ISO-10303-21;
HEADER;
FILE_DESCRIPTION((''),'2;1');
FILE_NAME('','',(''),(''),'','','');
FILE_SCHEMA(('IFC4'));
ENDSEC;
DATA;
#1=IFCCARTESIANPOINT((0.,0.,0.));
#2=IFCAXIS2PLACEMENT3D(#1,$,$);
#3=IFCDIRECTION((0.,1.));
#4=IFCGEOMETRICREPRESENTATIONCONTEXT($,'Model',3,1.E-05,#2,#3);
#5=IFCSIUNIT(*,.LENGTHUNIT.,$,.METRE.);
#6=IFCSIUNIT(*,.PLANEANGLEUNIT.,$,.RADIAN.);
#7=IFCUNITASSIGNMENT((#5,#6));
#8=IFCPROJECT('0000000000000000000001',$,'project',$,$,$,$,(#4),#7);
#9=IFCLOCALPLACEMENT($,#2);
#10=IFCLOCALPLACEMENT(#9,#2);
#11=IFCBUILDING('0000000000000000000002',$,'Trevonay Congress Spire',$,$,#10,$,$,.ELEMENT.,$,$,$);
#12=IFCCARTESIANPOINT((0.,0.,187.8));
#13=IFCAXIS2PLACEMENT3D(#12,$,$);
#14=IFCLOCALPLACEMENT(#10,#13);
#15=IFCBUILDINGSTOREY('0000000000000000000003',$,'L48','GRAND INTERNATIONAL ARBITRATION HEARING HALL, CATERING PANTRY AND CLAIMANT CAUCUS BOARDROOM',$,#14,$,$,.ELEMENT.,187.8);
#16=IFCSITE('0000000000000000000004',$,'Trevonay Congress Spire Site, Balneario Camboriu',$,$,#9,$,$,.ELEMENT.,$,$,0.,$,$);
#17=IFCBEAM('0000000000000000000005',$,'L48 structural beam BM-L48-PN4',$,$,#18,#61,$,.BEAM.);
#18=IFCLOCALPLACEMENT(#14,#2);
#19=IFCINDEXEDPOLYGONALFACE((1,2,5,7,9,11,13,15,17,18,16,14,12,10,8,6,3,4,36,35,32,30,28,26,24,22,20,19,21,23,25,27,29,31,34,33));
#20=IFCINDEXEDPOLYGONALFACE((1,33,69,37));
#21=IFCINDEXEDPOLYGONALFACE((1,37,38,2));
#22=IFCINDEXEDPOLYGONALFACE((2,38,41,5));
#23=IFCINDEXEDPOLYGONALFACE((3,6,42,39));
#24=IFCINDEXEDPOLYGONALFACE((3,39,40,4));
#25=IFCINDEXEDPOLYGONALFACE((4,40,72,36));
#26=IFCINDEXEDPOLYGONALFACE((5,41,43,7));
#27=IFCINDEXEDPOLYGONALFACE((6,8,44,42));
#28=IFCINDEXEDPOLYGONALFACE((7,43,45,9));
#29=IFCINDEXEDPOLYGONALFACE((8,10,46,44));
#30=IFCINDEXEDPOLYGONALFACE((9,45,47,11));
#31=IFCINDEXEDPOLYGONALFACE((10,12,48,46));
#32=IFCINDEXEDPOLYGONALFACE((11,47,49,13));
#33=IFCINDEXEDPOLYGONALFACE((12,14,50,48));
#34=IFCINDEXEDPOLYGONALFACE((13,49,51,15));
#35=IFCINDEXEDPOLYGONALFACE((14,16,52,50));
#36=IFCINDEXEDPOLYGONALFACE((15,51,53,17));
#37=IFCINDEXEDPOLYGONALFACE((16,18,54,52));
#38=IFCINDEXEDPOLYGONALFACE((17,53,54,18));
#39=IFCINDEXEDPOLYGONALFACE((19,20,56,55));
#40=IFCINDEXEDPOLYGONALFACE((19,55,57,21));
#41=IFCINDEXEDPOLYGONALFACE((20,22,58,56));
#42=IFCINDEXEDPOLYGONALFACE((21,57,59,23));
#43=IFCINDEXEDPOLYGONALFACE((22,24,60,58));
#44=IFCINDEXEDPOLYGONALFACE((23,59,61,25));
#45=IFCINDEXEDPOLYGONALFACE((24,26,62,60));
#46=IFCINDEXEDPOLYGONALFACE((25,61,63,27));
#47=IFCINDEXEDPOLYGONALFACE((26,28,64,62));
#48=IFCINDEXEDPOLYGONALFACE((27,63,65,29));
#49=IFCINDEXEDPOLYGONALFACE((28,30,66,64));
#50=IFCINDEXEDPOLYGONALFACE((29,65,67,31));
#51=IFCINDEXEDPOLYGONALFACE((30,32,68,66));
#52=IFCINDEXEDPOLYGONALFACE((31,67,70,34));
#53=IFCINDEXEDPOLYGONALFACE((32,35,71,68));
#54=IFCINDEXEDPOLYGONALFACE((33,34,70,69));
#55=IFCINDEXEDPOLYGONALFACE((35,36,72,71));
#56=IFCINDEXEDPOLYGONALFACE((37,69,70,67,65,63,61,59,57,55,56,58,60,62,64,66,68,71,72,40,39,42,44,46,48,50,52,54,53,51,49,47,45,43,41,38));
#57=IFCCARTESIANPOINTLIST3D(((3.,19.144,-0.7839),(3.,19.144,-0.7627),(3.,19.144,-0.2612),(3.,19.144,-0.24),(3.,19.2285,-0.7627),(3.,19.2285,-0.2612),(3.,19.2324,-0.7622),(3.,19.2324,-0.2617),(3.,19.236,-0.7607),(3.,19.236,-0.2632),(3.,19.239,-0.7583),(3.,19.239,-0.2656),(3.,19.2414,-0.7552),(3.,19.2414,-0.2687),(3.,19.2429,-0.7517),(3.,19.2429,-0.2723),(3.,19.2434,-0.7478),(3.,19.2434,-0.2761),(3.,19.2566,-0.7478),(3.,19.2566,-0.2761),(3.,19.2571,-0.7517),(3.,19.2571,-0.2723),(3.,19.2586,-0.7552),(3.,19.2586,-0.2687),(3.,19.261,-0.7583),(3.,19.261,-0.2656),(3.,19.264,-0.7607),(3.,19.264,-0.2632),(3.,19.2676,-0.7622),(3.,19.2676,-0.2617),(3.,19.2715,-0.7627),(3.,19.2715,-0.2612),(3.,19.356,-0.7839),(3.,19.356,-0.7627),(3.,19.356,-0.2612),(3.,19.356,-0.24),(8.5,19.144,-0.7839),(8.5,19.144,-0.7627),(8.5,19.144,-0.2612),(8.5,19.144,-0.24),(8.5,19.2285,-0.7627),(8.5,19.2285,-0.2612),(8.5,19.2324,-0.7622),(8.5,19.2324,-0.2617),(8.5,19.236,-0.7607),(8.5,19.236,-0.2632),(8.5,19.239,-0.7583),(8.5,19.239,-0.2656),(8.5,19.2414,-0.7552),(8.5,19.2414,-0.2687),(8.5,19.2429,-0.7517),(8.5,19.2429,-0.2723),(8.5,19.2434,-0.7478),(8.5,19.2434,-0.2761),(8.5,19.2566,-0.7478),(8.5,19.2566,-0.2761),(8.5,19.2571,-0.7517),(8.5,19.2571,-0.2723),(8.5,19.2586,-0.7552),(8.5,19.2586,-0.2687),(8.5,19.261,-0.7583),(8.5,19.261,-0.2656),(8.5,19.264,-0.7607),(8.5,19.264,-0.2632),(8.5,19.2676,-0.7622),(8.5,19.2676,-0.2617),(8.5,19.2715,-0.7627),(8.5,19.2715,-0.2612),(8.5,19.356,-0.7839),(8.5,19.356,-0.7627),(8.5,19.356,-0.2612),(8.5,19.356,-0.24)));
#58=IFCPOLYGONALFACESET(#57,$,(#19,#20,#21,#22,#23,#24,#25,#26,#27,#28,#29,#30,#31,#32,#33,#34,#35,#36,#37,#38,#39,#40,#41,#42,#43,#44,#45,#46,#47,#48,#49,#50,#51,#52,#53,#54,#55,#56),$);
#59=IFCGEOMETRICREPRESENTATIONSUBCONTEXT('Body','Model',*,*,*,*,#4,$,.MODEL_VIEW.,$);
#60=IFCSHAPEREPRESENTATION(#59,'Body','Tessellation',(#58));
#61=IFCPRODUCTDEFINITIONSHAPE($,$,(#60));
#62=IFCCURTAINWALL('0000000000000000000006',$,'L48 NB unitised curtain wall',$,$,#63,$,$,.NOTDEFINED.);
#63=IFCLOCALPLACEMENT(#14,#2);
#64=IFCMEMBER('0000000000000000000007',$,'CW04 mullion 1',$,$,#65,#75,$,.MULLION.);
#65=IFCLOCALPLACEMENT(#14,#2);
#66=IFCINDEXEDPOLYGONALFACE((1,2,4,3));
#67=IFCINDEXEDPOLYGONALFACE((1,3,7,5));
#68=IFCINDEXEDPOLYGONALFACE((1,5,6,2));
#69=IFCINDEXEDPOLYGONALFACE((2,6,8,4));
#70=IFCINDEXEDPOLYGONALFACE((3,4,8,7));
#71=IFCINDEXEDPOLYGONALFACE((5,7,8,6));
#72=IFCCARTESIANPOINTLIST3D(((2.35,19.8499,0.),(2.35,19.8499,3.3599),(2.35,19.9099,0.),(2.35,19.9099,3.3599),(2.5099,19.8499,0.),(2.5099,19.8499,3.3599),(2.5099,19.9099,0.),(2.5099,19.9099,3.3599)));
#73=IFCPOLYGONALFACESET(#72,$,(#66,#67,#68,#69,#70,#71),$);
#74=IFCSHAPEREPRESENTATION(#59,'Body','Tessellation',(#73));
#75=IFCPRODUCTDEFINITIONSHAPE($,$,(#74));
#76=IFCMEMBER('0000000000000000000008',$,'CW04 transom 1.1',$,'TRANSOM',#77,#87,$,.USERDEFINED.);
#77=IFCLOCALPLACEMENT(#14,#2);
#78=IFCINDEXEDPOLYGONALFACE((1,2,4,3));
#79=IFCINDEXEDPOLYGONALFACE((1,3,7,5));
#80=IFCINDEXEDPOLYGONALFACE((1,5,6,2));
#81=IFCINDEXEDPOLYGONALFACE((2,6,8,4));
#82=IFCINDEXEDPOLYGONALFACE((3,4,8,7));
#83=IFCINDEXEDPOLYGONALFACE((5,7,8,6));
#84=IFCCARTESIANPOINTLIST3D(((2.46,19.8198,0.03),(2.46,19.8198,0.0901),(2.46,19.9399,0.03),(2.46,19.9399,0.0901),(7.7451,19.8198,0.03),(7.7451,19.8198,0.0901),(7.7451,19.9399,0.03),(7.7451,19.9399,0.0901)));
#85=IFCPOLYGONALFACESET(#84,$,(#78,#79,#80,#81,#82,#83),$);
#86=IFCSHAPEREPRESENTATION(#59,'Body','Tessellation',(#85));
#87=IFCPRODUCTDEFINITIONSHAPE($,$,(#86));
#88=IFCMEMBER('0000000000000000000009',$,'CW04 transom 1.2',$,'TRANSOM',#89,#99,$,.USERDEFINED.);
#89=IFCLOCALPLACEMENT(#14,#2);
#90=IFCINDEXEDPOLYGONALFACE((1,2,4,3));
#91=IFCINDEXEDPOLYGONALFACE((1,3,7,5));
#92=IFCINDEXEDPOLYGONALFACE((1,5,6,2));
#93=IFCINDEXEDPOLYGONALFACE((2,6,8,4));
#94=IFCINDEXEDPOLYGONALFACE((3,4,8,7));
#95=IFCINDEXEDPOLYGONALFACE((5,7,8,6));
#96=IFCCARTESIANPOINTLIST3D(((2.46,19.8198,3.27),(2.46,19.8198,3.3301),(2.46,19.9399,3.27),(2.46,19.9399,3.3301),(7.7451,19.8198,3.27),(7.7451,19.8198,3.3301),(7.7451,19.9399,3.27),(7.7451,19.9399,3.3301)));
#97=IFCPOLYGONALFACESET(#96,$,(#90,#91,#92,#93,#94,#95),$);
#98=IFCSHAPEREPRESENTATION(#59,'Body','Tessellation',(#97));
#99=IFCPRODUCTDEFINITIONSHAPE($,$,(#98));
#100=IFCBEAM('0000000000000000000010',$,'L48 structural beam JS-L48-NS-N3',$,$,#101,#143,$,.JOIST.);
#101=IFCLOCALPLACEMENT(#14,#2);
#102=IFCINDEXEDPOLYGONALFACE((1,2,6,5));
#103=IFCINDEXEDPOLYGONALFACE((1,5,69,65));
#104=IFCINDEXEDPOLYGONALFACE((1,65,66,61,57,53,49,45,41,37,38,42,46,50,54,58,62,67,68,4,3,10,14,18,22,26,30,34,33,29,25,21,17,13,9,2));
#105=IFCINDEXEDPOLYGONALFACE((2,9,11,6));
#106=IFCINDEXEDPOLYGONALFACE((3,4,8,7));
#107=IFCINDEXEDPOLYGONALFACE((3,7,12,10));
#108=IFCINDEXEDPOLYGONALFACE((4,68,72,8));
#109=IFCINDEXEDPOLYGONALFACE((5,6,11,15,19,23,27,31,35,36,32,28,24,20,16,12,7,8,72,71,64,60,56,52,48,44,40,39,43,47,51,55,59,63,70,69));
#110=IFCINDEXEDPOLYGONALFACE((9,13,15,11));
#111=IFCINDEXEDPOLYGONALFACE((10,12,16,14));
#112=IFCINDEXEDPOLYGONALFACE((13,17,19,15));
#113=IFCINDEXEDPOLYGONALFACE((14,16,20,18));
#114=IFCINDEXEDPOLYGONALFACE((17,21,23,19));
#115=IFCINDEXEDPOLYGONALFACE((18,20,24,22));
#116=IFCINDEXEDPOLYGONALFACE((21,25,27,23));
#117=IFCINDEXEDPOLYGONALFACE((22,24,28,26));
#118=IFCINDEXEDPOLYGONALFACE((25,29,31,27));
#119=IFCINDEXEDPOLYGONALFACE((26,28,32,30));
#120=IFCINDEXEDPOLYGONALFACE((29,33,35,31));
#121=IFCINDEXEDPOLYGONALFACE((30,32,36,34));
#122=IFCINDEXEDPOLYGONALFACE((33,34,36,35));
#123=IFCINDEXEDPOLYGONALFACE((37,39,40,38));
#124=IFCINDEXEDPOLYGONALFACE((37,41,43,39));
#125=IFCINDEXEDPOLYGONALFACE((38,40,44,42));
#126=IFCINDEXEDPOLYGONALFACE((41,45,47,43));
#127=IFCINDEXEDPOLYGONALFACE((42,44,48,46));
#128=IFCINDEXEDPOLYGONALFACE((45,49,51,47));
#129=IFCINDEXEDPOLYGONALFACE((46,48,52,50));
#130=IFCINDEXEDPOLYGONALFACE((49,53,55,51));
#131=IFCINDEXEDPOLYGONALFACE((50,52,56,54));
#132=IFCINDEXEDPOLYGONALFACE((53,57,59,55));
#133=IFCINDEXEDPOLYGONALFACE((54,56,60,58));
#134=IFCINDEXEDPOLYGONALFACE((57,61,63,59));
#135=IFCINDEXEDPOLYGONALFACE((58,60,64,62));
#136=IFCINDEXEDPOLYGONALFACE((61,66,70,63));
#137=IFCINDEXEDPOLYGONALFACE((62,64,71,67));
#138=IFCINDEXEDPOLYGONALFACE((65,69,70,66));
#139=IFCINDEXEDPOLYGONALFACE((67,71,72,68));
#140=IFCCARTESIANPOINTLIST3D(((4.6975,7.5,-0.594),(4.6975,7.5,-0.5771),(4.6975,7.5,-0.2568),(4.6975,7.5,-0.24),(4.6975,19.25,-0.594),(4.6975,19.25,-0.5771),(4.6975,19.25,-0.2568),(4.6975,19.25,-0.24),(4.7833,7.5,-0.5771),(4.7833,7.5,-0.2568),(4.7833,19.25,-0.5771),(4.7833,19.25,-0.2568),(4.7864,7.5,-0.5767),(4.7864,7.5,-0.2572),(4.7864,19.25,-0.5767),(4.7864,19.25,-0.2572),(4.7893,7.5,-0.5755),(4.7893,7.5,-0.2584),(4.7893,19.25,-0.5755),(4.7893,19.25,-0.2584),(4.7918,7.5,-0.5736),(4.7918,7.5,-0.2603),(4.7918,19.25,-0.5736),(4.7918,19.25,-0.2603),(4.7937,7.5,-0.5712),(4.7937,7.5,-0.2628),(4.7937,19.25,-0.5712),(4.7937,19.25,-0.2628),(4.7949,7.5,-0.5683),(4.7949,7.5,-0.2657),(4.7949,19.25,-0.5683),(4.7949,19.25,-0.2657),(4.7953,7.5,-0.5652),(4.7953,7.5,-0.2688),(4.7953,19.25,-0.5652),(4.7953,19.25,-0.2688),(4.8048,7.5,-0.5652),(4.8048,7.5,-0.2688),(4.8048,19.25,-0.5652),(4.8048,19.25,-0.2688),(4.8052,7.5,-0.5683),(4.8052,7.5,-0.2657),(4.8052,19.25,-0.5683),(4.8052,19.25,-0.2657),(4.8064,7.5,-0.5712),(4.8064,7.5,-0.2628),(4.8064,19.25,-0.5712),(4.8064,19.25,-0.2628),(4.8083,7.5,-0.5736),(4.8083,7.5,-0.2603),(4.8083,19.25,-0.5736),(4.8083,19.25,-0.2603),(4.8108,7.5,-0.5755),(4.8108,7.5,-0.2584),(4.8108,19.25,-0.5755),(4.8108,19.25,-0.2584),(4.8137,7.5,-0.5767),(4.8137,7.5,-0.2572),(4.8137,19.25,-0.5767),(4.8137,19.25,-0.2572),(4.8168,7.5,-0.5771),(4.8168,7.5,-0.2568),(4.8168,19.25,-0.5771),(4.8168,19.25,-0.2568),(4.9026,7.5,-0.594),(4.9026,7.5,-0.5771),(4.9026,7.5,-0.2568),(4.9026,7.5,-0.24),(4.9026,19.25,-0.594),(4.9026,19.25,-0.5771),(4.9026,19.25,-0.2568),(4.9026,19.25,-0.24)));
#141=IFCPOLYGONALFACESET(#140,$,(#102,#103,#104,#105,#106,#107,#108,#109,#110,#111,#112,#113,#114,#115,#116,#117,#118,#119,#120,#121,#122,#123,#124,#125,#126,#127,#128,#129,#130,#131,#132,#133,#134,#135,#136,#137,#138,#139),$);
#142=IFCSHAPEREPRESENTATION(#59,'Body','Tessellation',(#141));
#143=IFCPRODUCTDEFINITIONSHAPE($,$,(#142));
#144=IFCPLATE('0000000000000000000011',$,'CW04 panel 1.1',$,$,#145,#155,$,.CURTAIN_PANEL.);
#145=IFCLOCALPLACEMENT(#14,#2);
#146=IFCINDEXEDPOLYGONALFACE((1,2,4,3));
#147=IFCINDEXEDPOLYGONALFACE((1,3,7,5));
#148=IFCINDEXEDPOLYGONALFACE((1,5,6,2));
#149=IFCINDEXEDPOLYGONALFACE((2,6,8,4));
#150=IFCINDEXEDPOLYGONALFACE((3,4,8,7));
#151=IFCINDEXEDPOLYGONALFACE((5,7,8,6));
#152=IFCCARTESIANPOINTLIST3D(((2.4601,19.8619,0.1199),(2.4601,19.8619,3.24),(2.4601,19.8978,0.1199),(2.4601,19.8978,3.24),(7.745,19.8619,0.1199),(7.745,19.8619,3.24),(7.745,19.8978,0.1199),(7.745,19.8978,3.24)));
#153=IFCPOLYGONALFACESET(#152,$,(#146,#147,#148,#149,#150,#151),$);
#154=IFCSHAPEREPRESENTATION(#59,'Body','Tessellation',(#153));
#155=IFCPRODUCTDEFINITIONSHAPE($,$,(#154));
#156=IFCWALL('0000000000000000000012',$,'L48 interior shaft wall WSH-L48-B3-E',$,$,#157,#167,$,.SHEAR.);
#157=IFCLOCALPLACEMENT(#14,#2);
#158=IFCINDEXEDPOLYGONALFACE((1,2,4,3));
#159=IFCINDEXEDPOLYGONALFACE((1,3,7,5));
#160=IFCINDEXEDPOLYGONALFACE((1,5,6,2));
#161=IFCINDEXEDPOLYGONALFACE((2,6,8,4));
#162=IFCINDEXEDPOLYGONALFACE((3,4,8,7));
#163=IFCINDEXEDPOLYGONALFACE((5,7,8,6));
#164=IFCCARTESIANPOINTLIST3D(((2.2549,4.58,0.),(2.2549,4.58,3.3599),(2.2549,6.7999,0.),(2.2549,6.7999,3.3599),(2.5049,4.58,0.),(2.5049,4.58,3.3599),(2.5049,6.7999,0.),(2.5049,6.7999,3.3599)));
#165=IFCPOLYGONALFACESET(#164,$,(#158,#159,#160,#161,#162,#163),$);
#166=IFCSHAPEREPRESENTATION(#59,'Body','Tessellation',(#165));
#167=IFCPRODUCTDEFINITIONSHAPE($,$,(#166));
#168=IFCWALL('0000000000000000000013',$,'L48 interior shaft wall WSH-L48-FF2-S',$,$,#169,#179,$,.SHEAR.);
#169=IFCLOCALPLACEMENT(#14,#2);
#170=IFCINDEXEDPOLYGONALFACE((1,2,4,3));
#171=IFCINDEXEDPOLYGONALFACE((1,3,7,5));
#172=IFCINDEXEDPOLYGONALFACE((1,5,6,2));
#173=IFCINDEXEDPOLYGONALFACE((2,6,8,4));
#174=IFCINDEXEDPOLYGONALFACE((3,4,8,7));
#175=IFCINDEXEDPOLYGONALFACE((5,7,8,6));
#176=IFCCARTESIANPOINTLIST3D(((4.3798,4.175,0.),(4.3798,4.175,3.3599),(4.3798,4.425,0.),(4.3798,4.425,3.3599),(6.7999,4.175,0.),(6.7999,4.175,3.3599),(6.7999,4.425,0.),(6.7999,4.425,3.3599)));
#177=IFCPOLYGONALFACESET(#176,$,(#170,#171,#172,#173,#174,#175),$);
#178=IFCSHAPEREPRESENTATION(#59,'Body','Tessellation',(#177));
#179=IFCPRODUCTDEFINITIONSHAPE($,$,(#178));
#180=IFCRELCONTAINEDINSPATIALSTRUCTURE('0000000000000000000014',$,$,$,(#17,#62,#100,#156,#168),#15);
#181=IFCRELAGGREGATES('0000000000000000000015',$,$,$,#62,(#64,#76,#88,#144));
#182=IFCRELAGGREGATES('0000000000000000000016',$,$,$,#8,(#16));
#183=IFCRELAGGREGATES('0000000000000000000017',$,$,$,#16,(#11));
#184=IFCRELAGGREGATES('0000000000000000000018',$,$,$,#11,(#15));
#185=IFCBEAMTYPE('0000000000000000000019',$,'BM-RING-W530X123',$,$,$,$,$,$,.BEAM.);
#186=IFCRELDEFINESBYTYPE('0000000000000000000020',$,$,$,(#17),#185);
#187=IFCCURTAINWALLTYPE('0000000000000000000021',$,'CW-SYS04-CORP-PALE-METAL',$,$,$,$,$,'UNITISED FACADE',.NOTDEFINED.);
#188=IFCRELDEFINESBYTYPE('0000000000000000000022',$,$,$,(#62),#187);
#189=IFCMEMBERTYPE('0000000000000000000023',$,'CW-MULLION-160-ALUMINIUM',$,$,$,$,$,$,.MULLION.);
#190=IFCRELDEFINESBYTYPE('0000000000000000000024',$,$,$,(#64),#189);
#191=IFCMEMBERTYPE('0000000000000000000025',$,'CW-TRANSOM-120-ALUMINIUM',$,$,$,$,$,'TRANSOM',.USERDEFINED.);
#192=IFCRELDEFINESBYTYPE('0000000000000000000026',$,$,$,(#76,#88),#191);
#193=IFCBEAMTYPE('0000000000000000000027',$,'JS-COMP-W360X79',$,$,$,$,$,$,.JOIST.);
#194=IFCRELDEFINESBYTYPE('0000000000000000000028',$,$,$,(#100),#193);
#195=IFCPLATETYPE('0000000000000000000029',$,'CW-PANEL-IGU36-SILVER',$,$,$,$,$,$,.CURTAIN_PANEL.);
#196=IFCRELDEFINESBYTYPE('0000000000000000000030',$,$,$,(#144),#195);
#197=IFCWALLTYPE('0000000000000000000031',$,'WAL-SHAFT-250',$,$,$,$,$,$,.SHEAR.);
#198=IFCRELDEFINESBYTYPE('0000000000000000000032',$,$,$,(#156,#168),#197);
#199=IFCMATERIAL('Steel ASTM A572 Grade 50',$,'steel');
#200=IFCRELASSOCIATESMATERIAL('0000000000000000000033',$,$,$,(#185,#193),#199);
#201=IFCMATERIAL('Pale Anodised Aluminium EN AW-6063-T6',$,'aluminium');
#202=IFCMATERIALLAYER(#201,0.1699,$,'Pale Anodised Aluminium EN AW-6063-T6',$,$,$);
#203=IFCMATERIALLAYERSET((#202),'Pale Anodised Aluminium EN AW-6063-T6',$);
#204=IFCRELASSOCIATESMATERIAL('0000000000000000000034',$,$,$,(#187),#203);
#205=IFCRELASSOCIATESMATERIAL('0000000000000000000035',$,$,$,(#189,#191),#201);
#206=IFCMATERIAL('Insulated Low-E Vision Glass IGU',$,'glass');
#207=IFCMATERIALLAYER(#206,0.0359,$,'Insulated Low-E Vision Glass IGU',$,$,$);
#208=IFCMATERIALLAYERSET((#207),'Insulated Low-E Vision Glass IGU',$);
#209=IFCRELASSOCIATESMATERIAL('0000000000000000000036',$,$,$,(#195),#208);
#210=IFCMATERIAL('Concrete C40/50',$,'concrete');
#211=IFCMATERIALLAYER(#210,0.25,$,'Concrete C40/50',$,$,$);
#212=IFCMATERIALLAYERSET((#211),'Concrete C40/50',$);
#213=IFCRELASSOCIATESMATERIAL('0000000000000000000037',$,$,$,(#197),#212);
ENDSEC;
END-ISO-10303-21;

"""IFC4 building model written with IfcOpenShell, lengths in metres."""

from ifc_helpers import new_model, si_unit, direction, frame, frame_2d, origin, origin_2d, place, context, subcontext, project, spatial, rectangle, i_section, extrude, material, layer, layer_set, material_profile, profile_set, type_object, element, aggregate, save


model = new_model("IFC4")

# Units and contexts
model_context = context("Model", 3, precision=1e-05, world=origin(), true_north=direction((0.0, 1.0)))
body_context = subcontext(model_context, "Body", "Model", "MODEL_VIEW")
ifc_project = project(units=[si_unit("LENGTHUNIT", "METRE"), si_unit("PLANEANGLEUNIT", "RADIAN")], contexts=[model_context])

# Site, building, storey
site_placement = place(None, origin())
site = spatial("IfcSite", under=ifc_project, at=site_placement, Name="Trevonay Congress Spire Site, Balneario Camboriu", CompositionType="ELEMENT", RefElevation=0.0)
building_placement = place(site_placement, origin())
building = spatial("IfcBuilding", under=site, at=building_placement, Name="Trevonay Congress Spire", CompositionType="ELEMENT")
storey_placement = place(building_placement, frame((0.0, 0.0, 187.8)))
storey = spatial("IfcBuildingStorey", under=building, at=storey_placement, Name="L48", Description="GRAND INTERNATIONAL ARBITRATION HEARING HALL, CATERING PANTRY AND CLAIMANT CAUCUS BOARDROOM", CompositionType="ELEMENT", Elevation=187.8)

# Shared definitions
ifc_material_1 = material(Name="Steel ASTM A572 Grade 50", Category="steel")

# Beam
ifc_material_profile_1 = material_profile(ifc_material_1, i_section(OverallWidth=0.2119, OverallDepth=0.5439, WebThickness=0.0132, FlangeThickness=0.0212, FilletRadius=0.0149, at=origin_2d()), Name="W530x123")
ifc_profile_set_1 = profile_set([ifc_material_profile_1], Name="Steel ASTM A572 Grade 50")
beam_type_1 = type_object("IfcBeamType", Name="BM-RING-W530X123", PredefinedType="BEAM", material=ifc_profile_set_1)
beam_1_placement = place(storey_placement, frame((3.0, 19.25, -0.512), z_axis=(1.0, 0.0, 0.0), x_axis=(0.0, 1.0, 0.0)))
element("IfcBeam", 1, at=beam_1_placement, inside=storey, type_object=beam_type_1, Name="L48 structural beam BM-L48-PN4", PredefinedType="BEAM", context=body_context, shape_type="SweptSolid", body=[
    extrude(i_section(OverallWidth=0.2119, OverallDepth=0.5439, WebThickness=0.0132, FlangeThickness=0.0212, FilletRadius=0.0149, at=origin_2d()), origin(), (0.0, 0.0, 1.0), 5.5),
])

# Curtain wall, members
ifc_material_2 = material(Name="Pale Anodised Aluminium EN AW-6063-T6", Category="aluminium")
ifc_layer_1 = layer(ifc_material_2, 0.1699, Name="Pale Anodised Aluminium EN AW-6063-T6")
ifc_layer_set_1 = layer_set([ifc_layer_1], Name="Pale Anodised Aluminium EN AW-6063-T6")
curtain_wall_type = type_object("IfcCurtainWallType", Name="CW-SYS04-CORP-PALE-METAL", ElementType="UNITISED FACADE", PredefinedType="NOTDEFINED", material=ifc_layer_set_1)
curtain_wall_placement = place(storey_placement, origin())
curtain_wall = element("IfcCurtainWall", 2, at=curtain_wall_placement, inside=storey, type_object=curtain_wall_type, Name="L48 NB unitised curtain wall", PredefinedType="NOTDEFINED")
ifc_material_profile_2 = material_profile(ifc_material_2, rectangle(XDim=0.0601, YDim=0.1599, at=origin_2d()), Name="CW-MULLION-160-ALUMINIUM")
ifc_profile_set_2 = profile_set([ifc_material_profile_2], Name="Pale Anodised Aluminium EN AW-6063-T6")
member_type_1 = type_object("IfcMemberType", Name="CW-MULLION-160-ALUMINIUM", PredefinedType="MULLION", material=ifc_profile_set_2)
member_1_placement = place(storey_placement, frame((2.4299, 19.8799, 0.0), z_axis=(0.0, 0.0, 1.0), x_axis=(0.0, 1.0, 0.0)))
member_1 = element("IfcMember", 3, at=member_1_placement, type_object=member_type_1, Name="CW04 mullion 1", PredefinedType="MULLION", context=body_context, shape_type="SweptSolid", body=[
    extrude(rectangle(XDim=0.0601, YDim=0.1599, at=origin_2d()), origin(), (0.0, 0.0, 1.0), 3.3599),
])
ifc_material_profile_3 = material_profile(ifc_material_2, rectangle(XDim=0.1201, YDim=0.0601, at=origin_2d()), Name="CW-TRANSOM-120-ALUMINIUM")
ifc_profile_set_3 = profile_set([ifc_material_profile_3], Name="Pale Anodised Aluminium EN AW-6063-T6")
member_type_2 = type_object("IfcMemberType", Name="CW-TRANSOM-120-ALUMINIUM", ElementType="TRANSOM", PredefinedType="USERDEFINED", material=ifc_profile_set_3)
member_2_placement = place(storey_placement, frame((2.46, 19.8799, 0.0601), z_axis=(1.0, 0.0, 0.0), x_axis=(0.0, 1.0, 0.0)))
member_2 = element("IfcMember", 4, at=member_2_placement, type_object=member_type_2, Name="CW04 transom 1.1", ObjectType="TRANSOM", PredefinedType="USERDEFINED", context=body_context, shape_type="SweptSolid", body=[
    extrude(rectangle(XDim=0.1201, YDim=0.0601, at=origin_2d()), origin(), (0.0, 0.0, 1.0), 5.2852),
])
member_3_placement = place(storey_placement, frame((2.46, 19.8799, 3.3), z_axis=(1.0, 0.0, 0.0), x_axis=(0.0, 1.0, 0.0)))
member_3 = element("IfcMember", 5, at=member_3_placement, type_object=member_type_2, Name="CW04 transom 1.2", ObjectType="TRANSOM", PredefinedType="USERDEFINED", context=body_context, shape_type="SweptSolid", body=[
    extrude(rectangle(XDim=0.1201, YDim=0.0601, at=origin_2d()), origin(), (0.0, 0.0, 1.0), 5.2852),
])

# Beam
ifc_material_profile_4 = material_profile(ifc_material_1, i_section(OverallWidth=0.2051, OverallDepth=0.354, WebThickness=0.0095, FlangeThickness=0.0168, FilletRadius=0.012, at=origin_2d()), Name="W360x79")
ifc_profile_set_4 = profile_set([ifc_material_profile_4], Name="Steel ASTM A572 Grade 50")
beam_type_2 = type_object("IfcBeamType", Name="JS-COMP-W360X79", PredefinedType="JOIST", material=ifc_profile_set_4)
beam_2_placement = place(storey_placement, frame((4.8, 7.5, -0.417), z_axis=(0.0, 1.0, 0.0), x_axis=(-1.0, 0.0, 0.0)))
element("IfcBeam", 6, at=beam_2_placement, inside=storey, type_object=beam_type_2, Name="L48 structural beam JS-L48-NS-N3", PredefinedType="JOIST", context=body_context, shape_type="SweptSolid", body=[
    extrude(i_section(OverallWidth=0.2051, OverallDepth=0.354, WebThickness=0.0095, FlangeThickness=0.0168, FilletRadius=0.012, at=origin_2d()), origin(), (0.0, 0.0, 1.0), 11.75),
])

# Plate
ifc_material_3 = material(Name="Insulated Low-E Vision Glass IGU", Category="glass")
ifc_layer_2 = layer(ifc_material_3, 0.0359, Name="Insulated Low-E Vision Glass IGU")
ifc_layer_set_2 = layer_set([ifc_layer_2], Name="Insulated Low-E Vision Glass IGU")
plate_type = type_object("IfcPlateType", Name="CW-PANEL-IGU36-SILVER", PredefinedType="CURTAIN_PANEL", material=ifc_layer_set_2)
plate_placement = place(storey_placement, frame((5.1025, 19.8799, 0.1199), z_axis=(0.0, 0.0, 1.0), x_axis=(1.0, 0.0, 0.0)))
plate = element("IfcPlate", 7, at=plate_placement, type_object=plate_type, Name="CW04 panel 1.1", PredefinedType="CURTAIN_PANEL", context=body_context, shape_type="SweptSolid", body=[
    extrude(rectangle(XDim=5.2849, YDim=0.0359, at=origin_2d()), origin(), (0.0, 0.0, 1.0), 3.1201),
])
aggregate(curtain_wall, [member_1, member_2, member_3, plate])

# Walls
ifc_material_4 = material(Name="Concrete C40/50", Category="concrete")
ifc_layer_3 = layer(ifc_material_4, 0.25, Name="Concrete C40/50")
ifc_layer_set_3 = layer_set([ifc_layer_3], Name="Concrete C40/50")
wall_type_1 = type_object("IfcWallType", Name="WAL-SHAFT-250", PredefinedType="SHEAR", material=ifc_layer_set_3)
wall_1_placement = place(storey_placement, frame((2.3799, 4.5801, 0.0), z_axis=(0.0, 0.0, 1.0), x_axis=(0.0, 1.0, 0.0)))
element("IfcWall", 8, at=wall_1_placement, inside=storey, type_object=wall_type_1, Name="L48 interior shaft wall WSH-L48-B3-E", PredefinedType="SHEAR", context=body_context, shape_type="SweptSolid", body=[
    extrude(rectangle(XDim=2.22, YDim=0.25, at=frame_2d((1.1099, 0.0))), origin(), (0.0, 0.0, 1.0), 3.3599),
])
wall_2_placement = place(storey_placement, frame((4.3799, 4.3, 0.0), z_axis=(0.0, 0.0, 1.0), x_axis=(1.0, 0.0, 0.0)))
element("IfcWall", 9, at=wall_2_placement, inside=storey, type_object=wall_type_1, Name="L48 interior shaft wall WSH-L48-FF2-S", PredefinedType="SHEAR", context=body_context, shape_type="SweptSolid", body=[
    extrude(rectangle(XDim=2.4202, YDim=0.25, at=frame_2d((1.21, 0.0))), origin(), (0.0, 0.0, 1.0), 3.3599),
])

save(model, "model.ifc")
